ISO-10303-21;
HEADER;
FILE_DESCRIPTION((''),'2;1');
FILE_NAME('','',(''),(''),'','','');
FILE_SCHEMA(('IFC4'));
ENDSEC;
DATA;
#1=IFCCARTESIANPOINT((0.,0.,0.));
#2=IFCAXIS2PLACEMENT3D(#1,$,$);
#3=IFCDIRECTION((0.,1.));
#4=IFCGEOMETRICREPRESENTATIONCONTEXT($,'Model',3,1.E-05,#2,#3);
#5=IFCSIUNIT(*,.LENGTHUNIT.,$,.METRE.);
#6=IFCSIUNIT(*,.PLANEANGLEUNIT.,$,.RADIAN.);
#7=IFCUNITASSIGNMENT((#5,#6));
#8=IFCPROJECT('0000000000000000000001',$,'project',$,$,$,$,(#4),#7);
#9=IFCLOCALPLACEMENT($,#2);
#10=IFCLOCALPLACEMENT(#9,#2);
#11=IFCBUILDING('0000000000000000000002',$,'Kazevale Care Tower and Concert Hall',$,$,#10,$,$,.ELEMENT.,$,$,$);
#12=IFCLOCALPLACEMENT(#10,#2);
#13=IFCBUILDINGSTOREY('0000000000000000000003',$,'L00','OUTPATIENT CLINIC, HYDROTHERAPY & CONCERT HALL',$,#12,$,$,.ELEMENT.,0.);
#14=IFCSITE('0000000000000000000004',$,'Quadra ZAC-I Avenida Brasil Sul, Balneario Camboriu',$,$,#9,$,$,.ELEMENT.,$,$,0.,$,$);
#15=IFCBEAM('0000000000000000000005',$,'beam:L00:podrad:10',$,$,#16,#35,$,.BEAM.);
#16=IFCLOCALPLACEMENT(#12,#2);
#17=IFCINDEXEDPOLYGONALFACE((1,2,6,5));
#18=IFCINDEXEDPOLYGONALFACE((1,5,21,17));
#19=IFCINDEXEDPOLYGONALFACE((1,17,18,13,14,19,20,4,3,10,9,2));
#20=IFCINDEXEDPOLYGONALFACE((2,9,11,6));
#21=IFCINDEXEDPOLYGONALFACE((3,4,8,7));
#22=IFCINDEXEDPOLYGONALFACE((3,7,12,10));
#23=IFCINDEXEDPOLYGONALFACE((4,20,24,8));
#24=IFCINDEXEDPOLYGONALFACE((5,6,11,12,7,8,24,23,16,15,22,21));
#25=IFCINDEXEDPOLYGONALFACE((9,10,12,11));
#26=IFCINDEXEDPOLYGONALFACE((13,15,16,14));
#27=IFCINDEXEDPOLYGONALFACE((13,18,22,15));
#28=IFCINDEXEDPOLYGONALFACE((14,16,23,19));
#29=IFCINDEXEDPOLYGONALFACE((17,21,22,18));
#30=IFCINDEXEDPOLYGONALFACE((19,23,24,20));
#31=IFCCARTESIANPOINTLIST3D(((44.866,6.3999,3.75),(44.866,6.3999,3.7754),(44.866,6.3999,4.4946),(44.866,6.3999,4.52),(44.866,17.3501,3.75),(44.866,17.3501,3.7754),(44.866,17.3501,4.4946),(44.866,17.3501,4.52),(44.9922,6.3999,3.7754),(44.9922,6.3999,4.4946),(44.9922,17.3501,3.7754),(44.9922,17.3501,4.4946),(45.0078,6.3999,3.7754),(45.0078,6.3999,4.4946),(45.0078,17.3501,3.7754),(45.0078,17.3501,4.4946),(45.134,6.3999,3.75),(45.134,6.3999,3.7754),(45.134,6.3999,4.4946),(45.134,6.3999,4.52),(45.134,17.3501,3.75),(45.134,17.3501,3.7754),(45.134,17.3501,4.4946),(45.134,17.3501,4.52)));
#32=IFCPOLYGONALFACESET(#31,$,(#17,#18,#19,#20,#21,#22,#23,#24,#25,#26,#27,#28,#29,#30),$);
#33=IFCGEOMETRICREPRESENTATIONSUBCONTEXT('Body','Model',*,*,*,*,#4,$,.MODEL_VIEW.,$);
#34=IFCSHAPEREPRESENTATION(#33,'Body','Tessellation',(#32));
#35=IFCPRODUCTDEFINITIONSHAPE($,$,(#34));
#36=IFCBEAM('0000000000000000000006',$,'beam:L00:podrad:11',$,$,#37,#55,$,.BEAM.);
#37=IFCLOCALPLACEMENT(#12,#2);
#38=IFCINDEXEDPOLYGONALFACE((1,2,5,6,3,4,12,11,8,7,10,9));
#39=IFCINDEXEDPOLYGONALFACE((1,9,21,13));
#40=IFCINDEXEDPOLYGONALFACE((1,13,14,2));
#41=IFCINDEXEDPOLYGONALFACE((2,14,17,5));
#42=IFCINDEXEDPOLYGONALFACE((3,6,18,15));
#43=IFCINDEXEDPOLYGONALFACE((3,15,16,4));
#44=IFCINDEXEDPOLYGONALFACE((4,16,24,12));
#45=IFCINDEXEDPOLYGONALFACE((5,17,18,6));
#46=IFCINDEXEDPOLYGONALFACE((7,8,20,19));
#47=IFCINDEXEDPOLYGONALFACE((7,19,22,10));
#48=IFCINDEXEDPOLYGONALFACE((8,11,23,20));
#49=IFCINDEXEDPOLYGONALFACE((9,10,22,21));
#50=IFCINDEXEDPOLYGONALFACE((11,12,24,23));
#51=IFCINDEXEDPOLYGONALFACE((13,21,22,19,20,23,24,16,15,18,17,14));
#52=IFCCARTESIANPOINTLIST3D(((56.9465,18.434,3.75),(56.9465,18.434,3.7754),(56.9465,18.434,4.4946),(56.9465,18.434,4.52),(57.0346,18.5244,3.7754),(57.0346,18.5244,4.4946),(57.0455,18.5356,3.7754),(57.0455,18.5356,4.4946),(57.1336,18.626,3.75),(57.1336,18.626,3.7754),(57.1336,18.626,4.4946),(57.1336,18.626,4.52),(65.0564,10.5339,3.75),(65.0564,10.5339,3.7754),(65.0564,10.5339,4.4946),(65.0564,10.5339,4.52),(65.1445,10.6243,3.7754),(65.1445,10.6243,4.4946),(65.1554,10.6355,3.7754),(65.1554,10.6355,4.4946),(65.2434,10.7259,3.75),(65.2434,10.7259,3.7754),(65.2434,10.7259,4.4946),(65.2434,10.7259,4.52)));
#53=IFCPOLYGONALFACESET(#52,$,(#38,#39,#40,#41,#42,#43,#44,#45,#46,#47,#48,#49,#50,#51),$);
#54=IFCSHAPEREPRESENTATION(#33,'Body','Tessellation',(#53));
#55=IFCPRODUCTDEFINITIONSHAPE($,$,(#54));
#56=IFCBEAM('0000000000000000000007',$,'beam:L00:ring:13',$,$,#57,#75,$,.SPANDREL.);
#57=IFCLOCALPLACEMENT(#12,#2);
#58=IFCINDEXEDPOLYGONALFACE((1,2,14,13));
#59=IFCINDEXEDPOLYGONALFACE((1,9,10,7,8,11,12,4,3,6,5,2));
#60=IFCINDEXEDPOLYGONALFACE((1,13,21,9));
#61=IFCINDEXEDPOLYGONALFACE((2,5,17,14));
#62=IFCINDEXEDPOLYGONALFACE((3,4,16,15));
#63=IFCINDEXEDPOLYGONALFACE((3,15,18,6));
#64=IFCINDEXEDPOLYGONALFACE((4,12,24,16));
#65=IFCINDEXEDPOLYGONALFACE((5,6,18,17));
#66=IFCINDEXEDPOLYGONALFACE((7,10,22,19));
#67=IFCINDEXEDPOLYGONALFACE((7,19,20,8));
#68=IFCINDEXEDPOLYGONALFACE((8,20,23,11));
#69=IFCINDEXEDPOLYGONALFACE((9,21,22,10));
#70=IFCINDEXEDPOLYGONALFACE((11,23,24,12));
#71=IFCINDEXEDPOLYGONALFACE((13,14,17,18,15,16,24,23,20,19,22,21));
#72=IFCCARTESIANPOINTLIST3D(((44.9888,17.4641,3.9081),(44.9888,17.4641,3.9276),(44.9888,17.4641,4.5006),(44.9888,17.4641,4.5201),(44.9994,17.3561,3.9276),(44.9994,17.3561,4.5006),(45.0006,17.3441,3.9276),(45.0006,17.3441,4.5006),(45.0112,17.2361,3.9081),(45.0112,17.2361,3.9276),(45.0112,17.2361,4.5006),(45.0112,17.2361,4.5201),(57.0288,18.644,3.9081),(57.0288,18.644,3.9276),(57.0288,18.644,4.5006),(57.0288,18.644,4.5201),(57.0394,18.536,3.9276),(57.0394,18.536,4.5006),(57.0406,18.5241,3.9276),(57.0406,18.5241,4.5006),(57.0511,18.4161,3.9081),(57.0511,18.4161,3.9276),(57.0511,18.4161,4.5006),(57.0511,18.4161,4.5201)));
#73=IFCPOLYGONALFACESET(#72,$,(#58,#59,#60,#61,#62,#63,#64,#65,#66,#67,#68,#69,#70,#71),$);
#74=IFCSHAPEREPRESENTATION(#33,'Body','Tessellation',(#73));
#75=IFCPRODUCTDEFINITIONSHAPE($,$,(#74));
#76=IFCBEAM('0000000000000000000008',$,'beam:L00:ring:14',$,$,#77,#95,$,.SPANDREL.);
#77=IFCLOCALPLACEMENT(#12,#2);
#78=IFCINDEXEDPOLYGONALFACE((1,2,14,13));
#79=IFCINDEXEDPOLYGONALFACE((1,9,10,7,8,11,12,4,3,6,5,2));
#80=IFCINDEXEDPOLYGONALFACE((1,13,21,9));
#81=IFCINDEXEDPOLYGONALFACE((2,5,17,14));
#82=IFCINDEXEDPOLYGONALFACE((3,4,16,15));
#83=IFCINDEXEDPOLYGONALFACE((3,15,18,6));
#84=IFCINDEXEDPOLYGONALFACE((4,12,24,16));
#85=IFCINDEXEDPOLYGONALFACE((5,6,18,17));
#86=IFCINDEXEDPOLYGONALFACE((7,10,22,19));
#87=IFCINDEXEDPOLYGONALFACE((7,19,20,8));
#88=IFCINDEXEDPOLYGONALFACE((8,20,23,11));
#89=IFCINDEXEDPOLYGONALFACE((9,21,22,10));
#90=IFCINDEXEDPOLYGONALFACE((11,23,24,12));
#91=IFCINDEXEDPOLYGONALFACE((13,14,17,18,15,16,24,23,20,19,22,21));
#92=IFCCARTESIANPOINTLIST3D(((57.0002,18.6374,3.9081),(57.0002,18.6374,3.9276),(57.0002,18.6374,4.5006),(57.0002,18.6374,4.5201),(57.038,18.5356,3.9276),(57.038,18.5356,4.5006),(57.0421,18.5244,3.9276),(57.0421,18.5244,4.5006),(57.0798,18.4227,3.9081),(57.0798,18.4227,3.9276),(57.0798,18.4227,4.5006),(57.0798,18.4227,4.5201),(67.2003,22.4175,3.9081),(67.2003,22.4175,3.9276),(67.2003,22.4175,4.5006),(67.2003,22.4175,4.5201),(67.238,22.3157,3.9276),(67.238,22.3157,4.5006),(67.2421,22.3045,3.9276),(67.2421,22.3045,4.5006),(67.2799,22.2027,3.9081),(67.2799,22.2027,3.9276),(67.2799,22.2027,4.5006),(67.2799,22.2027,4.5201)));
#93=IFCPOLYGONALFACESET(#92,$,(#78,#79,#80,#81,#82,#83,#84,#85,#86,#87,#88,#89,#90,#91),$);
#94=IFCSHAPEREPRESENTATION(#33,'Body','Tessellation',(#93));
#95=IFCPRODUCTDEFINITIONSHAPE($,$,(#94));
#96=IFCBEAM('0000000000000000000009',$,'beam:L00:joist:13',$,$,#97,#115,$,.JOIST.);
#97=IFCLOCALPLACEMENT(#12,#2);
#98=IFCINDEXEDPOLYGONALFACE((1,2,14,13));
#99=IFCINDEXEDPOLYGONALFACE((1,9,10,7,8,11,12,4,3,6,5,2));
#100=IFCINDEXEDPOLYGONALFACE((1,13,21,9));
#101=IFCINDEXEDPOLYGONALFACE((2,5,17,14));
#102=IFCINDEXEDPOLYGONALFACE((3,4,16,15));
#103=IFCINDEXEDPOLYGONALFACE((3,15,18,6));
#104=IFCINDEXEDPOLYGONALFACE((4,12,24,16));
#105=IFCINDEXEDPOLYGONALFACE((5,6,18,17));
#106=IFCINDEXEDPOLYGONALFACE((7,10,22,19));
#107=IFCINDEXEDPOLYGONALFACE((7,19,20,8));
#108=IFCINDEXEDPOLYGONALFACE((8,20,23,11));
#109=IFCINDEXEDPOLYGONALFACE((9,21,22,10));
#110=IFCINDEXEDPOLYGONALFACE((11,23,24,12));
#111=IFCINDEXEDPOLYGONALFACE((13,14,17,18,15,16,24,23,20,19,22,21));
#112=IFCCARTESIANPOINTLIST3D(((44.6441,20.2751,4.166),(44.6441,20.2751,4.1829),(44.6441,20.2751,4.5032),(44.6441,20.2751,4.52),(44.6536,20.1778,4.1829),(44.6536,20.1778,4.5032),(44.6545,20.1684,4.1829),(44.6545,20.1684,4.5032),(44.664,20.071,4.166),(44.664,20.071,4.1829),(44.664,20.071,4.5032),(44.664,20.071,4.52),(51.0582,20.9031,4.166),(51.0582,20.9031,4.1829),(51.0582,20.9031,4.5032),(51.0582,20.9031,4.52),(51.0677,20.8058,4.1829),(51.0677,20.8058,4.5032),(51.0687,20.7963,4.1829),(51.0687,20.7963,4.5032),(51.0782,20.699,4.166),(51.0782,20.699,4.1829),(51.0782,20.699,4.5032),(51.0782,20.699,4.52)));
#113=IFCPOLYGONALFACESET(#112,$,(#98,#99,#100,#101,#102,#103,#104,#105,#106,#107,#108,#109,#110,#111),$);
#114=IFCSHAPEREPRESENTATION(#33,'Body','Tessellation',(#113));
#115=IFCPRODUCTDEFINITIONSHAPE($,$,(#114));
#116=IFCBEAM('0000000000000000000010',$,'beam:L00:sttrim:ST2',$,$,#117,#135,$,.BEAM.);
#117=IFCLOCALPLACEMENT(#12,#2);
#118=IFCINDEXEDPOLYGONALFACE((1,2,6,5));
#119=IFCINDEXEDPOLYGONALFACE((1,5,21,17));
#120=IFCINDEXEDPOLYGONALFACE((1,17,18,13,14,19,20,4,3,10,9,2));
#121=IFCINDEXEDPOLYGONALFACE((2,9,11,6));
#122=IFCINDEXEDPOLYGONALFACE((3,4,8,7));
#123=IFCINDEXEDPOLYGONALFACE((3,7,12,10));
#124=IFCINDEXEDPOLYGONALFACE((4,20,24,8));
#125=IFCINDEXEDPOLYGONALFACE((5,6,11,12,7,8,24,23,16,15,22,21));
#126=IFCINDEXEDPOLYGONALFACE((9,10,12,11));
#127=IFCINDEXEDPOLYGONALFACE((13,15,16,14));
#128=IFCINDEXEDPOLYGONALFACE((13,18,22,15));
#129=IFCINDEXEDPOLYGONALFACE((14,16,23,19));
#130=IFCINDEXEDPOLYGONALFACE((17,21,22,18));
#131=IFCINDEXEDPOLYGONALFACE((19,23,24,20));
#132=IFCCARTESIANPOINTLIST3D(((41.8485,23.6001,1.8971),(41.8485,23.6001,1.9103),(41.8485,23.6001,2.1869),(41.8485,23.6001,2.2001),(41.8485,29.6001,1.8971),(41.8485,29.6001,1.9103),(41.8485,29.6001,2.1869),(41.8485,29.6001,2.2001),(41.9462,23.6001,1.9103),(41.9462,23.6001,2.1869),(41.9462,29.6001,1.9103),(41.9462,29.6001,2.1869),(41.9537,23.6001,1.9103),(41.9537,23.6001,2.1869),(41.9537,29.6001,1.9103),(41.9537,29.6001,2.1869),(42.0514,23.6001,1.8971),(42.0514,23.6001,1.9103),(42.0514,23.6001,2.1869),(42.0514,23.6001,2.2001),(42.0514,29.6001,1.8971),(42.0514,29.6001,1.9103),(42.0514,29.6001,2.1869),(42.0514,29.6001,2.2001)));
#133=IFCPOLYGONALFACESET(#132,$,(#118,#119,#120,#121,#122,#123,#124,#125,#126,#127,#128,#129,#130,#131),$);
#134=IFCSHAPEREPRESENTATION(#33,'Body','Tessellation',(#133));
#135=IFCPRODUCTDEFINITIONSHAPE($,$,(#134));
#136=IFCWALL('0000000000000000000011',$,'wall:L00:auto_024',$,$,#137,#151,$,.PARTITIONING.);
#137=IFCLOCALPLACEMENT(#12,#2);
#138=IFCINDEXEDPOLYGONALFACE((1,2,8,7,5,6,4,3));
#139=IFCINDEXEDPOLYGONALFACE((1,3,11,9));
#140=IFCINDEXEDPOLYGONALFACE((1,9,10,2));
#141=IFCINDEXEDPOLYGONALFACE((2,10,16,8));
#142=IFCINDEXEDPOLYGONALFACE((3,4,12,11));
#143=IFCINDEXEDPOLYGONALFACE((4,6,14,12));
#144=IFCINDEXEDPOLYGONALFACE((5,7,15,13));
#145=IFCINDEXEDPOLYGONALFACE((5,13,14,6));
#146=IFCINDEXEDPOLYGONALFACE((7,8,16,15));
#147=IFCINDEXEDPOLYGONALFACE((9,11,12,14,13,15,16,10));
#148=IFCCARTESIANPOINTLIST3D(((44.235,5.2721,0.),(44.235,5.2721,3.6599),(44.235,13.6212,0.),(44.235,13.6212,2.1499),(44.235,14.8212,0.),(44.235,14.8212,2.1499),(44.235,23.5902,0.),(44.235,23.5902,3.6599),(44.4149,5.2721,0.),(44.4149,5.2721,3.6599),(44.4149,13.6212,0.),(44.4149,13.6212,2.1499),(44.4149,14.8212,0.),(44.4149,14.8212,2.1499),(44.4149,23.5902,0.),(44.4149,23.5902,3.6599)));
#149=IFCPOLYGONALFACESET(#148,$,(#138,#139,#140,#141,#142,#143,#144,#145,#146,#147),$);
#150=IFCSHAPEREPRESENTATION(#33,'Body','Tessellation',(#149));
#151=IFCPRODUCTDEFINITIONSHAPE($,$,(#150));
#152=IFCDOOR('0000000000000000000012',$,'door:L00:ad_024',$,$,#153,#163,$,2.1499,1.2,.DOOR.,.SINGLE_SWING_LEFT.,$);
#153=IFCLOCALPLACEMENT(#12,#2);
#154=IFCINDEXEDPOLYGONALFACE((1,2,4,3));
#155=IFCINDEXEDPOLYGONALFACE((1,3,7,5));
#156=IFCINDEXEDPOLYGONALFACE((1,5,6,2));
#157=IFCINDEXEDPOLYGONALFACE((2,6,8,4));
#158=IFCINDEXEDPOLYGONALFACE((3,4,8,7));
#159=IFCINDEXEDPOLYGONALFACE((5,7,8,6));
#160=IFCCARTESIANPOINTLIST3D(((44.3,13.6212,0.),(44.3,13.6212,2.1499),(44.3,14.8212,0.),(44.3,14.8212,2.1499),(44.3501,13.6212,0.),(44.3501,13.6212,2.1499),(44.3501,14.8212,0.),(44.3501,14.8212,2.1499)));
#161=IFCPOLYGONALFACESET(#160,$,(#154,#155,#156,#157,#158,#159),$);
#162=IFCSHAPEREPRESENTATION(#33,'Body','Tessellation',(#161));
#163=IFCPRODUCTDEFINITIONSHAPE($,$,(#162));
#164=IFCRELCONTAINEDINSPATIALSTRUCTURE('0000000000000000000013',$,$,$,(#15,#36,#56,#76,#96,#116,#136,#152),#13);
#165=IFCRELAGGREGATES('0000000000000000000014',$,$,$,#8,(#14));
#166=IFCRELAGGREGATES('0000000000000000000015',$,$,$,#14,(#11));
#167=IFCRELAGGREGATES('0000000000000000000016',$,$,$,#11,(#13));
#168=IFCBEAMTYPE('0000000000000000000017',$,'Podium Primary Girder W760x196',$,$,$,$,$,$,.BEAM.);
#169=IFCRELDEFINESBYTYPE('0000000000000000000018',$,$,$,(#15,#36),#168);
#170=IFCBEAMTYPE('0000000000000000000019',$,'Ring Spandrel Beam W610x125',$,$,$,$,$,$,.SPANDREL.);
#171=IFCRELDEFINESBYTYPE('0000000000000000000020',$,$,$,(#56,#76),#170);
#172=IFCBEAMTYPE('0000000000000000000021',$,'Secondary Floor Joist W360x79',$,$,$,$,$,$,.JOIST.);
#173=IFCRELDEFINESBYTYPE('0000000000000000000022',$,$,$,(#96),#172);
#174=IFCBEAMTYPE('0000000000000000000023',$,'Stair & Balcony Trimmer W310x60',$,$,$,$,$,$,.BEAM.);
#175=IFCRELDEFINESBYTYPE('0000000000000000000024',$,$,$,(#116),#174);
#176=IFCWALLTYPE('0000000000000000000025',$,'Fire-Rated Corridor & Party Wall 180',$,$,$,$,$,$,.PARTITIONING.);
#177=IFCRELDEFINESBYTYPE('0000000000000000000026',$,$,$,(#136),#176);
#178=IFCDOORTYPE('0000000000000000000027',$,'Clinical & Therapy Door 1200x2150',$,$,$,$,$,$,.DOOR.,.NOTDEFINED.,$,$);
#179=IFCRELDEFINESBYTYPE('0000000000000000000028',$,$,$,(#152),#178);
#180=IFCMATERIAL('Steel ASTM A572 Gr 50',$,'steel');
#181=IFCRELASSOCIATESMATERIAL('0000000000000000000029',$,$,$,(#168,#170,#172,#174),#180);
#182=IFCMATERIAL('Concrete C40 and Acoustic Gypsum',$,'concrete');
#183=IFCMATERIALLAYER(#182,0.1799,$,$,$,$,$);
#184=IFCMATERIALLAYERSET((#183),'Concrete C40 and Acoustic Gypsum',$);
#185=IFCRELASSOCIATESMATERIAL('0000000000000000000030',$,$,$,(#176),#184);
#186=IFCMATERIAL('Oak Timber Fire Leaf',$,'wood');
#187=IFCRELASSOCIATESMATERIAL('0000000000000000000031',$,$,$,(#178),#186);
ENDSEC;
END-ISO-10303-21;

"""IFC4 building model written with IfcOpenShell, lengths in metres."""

from ifc_helpers import new_model, si_unit, direction, frame, frame_2d, origin, origin_2d, place, context, subcontext, project, spatial, rectangle, i_section, extrude, material, layer, layer_set, material_profile, profile_set, type_object, element, fill, save


model = new_model("IFC4")

# Units and contexts
model_context = context("Model", 3, precision=1e-05, world=origin(), true_north=direction((0.0, 1.0)))
body_context = subcontext(model_context, "Body", "Model", "MODEL_VIEW")
ifc_project = project(units=[si_unit("LENGTHUNIT", "METRE"), si_unit("PLANEANGLEUNIT", "RADIAN")], contexts=[model_context])

# Site, building, storey
site_placement = place(None, origin())
site = spatial("IfcSite", under=ifc_project, at=site_placement, Name="Quadra ZAC-I Avenida Brasil Sul, Balneario Camboriu", CompositionType="ELEMENT", RefElevation=0.0)
building_placement = place(site_placement, origin())
building = spatial("IfcBuilding", under=site, at=building_placement, Name="Kazevale Care Tower and Concert Hall", CompositionType="ELEMENT")
storey_placement = place(building_placement, origin())
storey = spatial("IfcBuildingStorey", under=building, at=storey_placement, Name="L00", Description="OUTPATIENT CLINIC, HYDROTHERAPY & CONCERT HALL", CompositionType="ELEMENT", Elevation=0.0)

# Beams
ifc_material_1 = material(Name="Steel ASTM A572 Gr 50", Category="steel")
ifc_material_profile_1 = material_profile(ifc_material_1, i_section(OverallWidth=0.2681, OverallDepth=0.77, WebThickness=0.0156, FlangeThickness=0.0254, at=origin_2d()), Name="W760x196")
ifc_profile_set_1 = profile_set([ifc_material_profile_1], Name="Steel ASTM A572 Gr 50")
beam_type_1 = type_object("IfcBeamType", Name="Podium Primary Girder W760x196", PredefinedType="BEAM", material=ifc_profile_set_1)
beam_1_placement = place(storey_placement, frame((45.0, 17.3501, 4.135), z_axis=(0.0, -1.0, 0.0), x_axis=(1.0, 0.0, 0.0)))
element("IfcBeam", 1, at=beam_1_placement, inside=storey, type_object=beam_type_1, Name="beam:L00:podrad:10", PredefinedType="BEAM", context=body_context, shape_type="SweptSolid", body=[
    extrude(i_section(OverallWidth=0.2681, OverallDepth=0.77, WebThickness=0.0156, FlangeThickness=0.0254, at=origin_2d()), origin(), (0.0, 0.0, 1.0), 10.9502),
])
beam_2_placement = place(storey_placement, frame((57.04, 18.53, 4.135), z_axis=(0.716308, -0.697784, 0.0), x_axis=(0.697784, 0.716308, 0.0)))
element("IfcBeam", 2, at=beam_2_placement, inside=storey, type_object=beam_type_1, Name="beam:L00:podrad:11", PredefinedType="BEAM", context=body_context, shape_type="SweptSolid", body=[
    extrude(i_section(OverallWidth=0.2681, OverallDepth=0.77, WebThickness=0.0156, FlangeThickness=0.0254, at=origin_2d()), origin(), (0.0, 0.0, 1.0), 11.3218),
])
ifc_material_profile_2 = material_profile(ifc_material_1, i_section(OverallWidth=0.229, OverallDepth=0.6121, WebThickness=0.012, FlangeThickness=0.0195, at=origin_2d()), Name="W610x125")
ifc_profile_set_2 = profile_set([ifc_material_profile_2], Name="Steel ASTM A572 Gr 50")
beam_type_2 = type_object("IfcBeamType", Name="Ring Spandrel Beam W610x125", PredefinedType="SPANDREL", material=ifc_profile_set_2)
beam_3_placement = place(storey_placement, frame((45.0, 17.3501, 4.2141), z_axis=(0.995232, 0.097533, 0.0), x_axis=(-0.097533, 0.995232, 0.0)))
element("IfcBeam", 3, at=beam_3_placement, inside=storey, type_object=beam_type_2, Name="beam:L00:ring:13", PredefinedType="SPANDREL", context=body_context, shape_type="SweptSolid", body=[
    extrude(i_section(OverallWidth=0.229, OverallDepth=0.6121, WebThickness=0.012, FlangeThickness=0.0195, at=origin_2d()), origin(), (0.0, 0.0, 1.0), 12.0977),
])
beam_4_placement = place(storey_placement, frame((57.04, 18.53, 4.2141), z_axis=(0.937681, 0.347498, 0.0), x_axis=(-0.347498, 0.937681, 0.0)))
element("IfcBeam", 4, at=beam_4_placement, inside=storey, type_object=beam_type_2, Name="beam:L00:ring:14", PredefinedType="SPANDREL", context=body_context, shape_type="SweptSolid", body=[
    extrude(i_section(OverallWidth=0.229, OverallDepth=0.6121, WebThickness=0.012, FlangeThickness=0.0195, at=origin_2d()), origin(), (0.0, 0.0, 1.0), 10.8779),
])
ifc_material_profile_3 = material_profile(ifc_material_1, i_section(OverallWidth=0.2051, OverallDepth=0.354, WebThickness=0.0095, FlangeThickness=0.0168, at=origin_2d()), Name="W360x79")
ifc_profile_set_3 = profile_set([ifc_material_profile_3], Name="Steel ASTM A572 Gr 50")
beam_type_3 = type_object("IfcBeamType", Name="Secondary Floor Joist W360x79", PredefinedType="JOIST", material=ifc_profile_set_3)
beam_5_placement = place(storey_placement, frame((44.6541, 20.1731, 4.343), z_axis=(0.995242, 0.097433, 0.0), x_axis=(-0.097433, 0.995242, 0.0)))
element("IfcBeam", 5, at=beam_5_placement, inside=storey, type_object=beam_type_3, Name="beam:L00:joist:13", PredefinedType="JOIST", context=body_context, shape_type="SweptSolid", body=[
    extrude(i_section(OverallWidth=0.2051, OverallDepth=0.354, WebThickness=0.0095, FlangeThickness=0.0168, at=origin_2d()), origin(), (0.0, 0.0, 1.0), 6.4448),
])
ifc_material_profile_4 = material_profile(ifc_material_1, i_section(OverallWidth=0.2029, OverallDepth=0.303, WebThickness=0.0076, FlangeThickness=0.0132, at=origin_2d()), Name="W310x60")
ifc_profile_set_4 = profile_set([ifc_material_profile_4], Name="Steel ASTM A572 Gr 50")
beam_type_4 = type_object("IfcBeamType", Name="Stair & Balcony Trimmer W310x60", PredefinedType="BEAM", material=ifc_profile_set_4)
beam_6_placement = place(storey_placement, frame((41.95, 23.6001, 2.0486), z_axis=(0.0, 1.0, 0.0), x_axis=(-1.0, 0.0, 0.0)))
element("IfcBeam", 6, at=beam_6_placement, inside=storey, type_object=beam_type_4, Name="beam:L00:sttrim:ST2", PredefinedType="BEAM", context=body_context, shape_type="SweptSolid", body=[
    extrude(i_section(OverallWidth=0.2029, OverallDepth=0.303, WebThickness=0.0076, FlangeThickness=0.0132, at=origin_2d()), origin(), (0.0, 0.0, 1.0), 6.0),
])

# Wall, opening, door
ifc_material_2 = material(Name="Concrete C40 and Acoustic Gypsum", Category="concrete")
ifc_layer_1 = layer(ifc_material_2, 0.1799)
ifc_layer_set_1 = layer_set([ifc_layer_1], Name="Concrete C40 and Acoustic Gypsum")
wall_type_1 = type_object("IfcWallType", Name="Fire-Rated Corridor & Party Wall 180", PredefinedType="PARTITIONING", material=ifc_layer_set_1)
wall_1_placement = place(storey_placement, frame((44.325, 5.272, 0.0), z_axis=(0.0, 0.0, 1.0), x_axis=(0.0, 1.0, 0.0)))
wall_1 = element("IfcWall", 7, at=wall_1_placement, inside=storey, type_object=wall_type_1, Name="wall:L00:auto_024", PredefinedType="PARTITIONING", context=body_context, shape_type="SweptSolid", body=[
    extrude(rectangle(XDim=18.3181, YDim=0.1799, at=frame_2d((9.1592, 0.0))), origin(), (0.0, 0.0, 1.0), 3.6599),
])
opening_1_placement = place(wall_1_placement, frame((8.3491, 0.0, 0.0)))
opening_1 = element("IfcOpeningElement", 8, at=opening_1_placement, cuts=wall_1, PredefinedType="OPENING", context=body_context, shape_type="SweptSolid", body=[
    extrude(rectangle(XDim=1.2, YDim=2.1499, at=frame_2d((0.6001, 1.075))), frame((0.0, 0.0999, 0.0), z_axis=(0.0, -1.0, 0.0), x_axis=(1.0, 0.0, 0.0)), (0.0, 0.0, 1.0), 0.2),
])
ifc_material_3 = material(Name="Oak Timber Fire Leaf", Category="wood")
door_type_1 = type_object("IfcDoorType", Name="Clinical & Therapy Door 1200x2150", OperationType="NOTDEFINED", PredefinedType="DOOR", material=ifc_material_3)
door_1_placement = place(opening_1_placement, origin())
door_1 = element("IfcDoor", 9, at=door_1_placement, inside=storey, type_object=door_type_1, Name="door:L00:ad_024", OperationType="SINGLE_SWING_LEFT", OverallHeight=2.1499, OverallWidth=1.2, PredefinedType="DOOR", context=body_context, shape_type="SweptSolid", body=[
    extrude(rectangle(XDim=1.2, YDim=2.1499, at=frame_2d((0.6001, 1.075))), frame((0.0, 0.0249, 0.0), z_axis=(0.0, -1.0, 0.0), x_axis=(1.0, 0.0, 0.0)), (0.0, 0.0, 1.0), 0.05),
])
fill(opening_1, door_1)

save(model, "model.ifc")
